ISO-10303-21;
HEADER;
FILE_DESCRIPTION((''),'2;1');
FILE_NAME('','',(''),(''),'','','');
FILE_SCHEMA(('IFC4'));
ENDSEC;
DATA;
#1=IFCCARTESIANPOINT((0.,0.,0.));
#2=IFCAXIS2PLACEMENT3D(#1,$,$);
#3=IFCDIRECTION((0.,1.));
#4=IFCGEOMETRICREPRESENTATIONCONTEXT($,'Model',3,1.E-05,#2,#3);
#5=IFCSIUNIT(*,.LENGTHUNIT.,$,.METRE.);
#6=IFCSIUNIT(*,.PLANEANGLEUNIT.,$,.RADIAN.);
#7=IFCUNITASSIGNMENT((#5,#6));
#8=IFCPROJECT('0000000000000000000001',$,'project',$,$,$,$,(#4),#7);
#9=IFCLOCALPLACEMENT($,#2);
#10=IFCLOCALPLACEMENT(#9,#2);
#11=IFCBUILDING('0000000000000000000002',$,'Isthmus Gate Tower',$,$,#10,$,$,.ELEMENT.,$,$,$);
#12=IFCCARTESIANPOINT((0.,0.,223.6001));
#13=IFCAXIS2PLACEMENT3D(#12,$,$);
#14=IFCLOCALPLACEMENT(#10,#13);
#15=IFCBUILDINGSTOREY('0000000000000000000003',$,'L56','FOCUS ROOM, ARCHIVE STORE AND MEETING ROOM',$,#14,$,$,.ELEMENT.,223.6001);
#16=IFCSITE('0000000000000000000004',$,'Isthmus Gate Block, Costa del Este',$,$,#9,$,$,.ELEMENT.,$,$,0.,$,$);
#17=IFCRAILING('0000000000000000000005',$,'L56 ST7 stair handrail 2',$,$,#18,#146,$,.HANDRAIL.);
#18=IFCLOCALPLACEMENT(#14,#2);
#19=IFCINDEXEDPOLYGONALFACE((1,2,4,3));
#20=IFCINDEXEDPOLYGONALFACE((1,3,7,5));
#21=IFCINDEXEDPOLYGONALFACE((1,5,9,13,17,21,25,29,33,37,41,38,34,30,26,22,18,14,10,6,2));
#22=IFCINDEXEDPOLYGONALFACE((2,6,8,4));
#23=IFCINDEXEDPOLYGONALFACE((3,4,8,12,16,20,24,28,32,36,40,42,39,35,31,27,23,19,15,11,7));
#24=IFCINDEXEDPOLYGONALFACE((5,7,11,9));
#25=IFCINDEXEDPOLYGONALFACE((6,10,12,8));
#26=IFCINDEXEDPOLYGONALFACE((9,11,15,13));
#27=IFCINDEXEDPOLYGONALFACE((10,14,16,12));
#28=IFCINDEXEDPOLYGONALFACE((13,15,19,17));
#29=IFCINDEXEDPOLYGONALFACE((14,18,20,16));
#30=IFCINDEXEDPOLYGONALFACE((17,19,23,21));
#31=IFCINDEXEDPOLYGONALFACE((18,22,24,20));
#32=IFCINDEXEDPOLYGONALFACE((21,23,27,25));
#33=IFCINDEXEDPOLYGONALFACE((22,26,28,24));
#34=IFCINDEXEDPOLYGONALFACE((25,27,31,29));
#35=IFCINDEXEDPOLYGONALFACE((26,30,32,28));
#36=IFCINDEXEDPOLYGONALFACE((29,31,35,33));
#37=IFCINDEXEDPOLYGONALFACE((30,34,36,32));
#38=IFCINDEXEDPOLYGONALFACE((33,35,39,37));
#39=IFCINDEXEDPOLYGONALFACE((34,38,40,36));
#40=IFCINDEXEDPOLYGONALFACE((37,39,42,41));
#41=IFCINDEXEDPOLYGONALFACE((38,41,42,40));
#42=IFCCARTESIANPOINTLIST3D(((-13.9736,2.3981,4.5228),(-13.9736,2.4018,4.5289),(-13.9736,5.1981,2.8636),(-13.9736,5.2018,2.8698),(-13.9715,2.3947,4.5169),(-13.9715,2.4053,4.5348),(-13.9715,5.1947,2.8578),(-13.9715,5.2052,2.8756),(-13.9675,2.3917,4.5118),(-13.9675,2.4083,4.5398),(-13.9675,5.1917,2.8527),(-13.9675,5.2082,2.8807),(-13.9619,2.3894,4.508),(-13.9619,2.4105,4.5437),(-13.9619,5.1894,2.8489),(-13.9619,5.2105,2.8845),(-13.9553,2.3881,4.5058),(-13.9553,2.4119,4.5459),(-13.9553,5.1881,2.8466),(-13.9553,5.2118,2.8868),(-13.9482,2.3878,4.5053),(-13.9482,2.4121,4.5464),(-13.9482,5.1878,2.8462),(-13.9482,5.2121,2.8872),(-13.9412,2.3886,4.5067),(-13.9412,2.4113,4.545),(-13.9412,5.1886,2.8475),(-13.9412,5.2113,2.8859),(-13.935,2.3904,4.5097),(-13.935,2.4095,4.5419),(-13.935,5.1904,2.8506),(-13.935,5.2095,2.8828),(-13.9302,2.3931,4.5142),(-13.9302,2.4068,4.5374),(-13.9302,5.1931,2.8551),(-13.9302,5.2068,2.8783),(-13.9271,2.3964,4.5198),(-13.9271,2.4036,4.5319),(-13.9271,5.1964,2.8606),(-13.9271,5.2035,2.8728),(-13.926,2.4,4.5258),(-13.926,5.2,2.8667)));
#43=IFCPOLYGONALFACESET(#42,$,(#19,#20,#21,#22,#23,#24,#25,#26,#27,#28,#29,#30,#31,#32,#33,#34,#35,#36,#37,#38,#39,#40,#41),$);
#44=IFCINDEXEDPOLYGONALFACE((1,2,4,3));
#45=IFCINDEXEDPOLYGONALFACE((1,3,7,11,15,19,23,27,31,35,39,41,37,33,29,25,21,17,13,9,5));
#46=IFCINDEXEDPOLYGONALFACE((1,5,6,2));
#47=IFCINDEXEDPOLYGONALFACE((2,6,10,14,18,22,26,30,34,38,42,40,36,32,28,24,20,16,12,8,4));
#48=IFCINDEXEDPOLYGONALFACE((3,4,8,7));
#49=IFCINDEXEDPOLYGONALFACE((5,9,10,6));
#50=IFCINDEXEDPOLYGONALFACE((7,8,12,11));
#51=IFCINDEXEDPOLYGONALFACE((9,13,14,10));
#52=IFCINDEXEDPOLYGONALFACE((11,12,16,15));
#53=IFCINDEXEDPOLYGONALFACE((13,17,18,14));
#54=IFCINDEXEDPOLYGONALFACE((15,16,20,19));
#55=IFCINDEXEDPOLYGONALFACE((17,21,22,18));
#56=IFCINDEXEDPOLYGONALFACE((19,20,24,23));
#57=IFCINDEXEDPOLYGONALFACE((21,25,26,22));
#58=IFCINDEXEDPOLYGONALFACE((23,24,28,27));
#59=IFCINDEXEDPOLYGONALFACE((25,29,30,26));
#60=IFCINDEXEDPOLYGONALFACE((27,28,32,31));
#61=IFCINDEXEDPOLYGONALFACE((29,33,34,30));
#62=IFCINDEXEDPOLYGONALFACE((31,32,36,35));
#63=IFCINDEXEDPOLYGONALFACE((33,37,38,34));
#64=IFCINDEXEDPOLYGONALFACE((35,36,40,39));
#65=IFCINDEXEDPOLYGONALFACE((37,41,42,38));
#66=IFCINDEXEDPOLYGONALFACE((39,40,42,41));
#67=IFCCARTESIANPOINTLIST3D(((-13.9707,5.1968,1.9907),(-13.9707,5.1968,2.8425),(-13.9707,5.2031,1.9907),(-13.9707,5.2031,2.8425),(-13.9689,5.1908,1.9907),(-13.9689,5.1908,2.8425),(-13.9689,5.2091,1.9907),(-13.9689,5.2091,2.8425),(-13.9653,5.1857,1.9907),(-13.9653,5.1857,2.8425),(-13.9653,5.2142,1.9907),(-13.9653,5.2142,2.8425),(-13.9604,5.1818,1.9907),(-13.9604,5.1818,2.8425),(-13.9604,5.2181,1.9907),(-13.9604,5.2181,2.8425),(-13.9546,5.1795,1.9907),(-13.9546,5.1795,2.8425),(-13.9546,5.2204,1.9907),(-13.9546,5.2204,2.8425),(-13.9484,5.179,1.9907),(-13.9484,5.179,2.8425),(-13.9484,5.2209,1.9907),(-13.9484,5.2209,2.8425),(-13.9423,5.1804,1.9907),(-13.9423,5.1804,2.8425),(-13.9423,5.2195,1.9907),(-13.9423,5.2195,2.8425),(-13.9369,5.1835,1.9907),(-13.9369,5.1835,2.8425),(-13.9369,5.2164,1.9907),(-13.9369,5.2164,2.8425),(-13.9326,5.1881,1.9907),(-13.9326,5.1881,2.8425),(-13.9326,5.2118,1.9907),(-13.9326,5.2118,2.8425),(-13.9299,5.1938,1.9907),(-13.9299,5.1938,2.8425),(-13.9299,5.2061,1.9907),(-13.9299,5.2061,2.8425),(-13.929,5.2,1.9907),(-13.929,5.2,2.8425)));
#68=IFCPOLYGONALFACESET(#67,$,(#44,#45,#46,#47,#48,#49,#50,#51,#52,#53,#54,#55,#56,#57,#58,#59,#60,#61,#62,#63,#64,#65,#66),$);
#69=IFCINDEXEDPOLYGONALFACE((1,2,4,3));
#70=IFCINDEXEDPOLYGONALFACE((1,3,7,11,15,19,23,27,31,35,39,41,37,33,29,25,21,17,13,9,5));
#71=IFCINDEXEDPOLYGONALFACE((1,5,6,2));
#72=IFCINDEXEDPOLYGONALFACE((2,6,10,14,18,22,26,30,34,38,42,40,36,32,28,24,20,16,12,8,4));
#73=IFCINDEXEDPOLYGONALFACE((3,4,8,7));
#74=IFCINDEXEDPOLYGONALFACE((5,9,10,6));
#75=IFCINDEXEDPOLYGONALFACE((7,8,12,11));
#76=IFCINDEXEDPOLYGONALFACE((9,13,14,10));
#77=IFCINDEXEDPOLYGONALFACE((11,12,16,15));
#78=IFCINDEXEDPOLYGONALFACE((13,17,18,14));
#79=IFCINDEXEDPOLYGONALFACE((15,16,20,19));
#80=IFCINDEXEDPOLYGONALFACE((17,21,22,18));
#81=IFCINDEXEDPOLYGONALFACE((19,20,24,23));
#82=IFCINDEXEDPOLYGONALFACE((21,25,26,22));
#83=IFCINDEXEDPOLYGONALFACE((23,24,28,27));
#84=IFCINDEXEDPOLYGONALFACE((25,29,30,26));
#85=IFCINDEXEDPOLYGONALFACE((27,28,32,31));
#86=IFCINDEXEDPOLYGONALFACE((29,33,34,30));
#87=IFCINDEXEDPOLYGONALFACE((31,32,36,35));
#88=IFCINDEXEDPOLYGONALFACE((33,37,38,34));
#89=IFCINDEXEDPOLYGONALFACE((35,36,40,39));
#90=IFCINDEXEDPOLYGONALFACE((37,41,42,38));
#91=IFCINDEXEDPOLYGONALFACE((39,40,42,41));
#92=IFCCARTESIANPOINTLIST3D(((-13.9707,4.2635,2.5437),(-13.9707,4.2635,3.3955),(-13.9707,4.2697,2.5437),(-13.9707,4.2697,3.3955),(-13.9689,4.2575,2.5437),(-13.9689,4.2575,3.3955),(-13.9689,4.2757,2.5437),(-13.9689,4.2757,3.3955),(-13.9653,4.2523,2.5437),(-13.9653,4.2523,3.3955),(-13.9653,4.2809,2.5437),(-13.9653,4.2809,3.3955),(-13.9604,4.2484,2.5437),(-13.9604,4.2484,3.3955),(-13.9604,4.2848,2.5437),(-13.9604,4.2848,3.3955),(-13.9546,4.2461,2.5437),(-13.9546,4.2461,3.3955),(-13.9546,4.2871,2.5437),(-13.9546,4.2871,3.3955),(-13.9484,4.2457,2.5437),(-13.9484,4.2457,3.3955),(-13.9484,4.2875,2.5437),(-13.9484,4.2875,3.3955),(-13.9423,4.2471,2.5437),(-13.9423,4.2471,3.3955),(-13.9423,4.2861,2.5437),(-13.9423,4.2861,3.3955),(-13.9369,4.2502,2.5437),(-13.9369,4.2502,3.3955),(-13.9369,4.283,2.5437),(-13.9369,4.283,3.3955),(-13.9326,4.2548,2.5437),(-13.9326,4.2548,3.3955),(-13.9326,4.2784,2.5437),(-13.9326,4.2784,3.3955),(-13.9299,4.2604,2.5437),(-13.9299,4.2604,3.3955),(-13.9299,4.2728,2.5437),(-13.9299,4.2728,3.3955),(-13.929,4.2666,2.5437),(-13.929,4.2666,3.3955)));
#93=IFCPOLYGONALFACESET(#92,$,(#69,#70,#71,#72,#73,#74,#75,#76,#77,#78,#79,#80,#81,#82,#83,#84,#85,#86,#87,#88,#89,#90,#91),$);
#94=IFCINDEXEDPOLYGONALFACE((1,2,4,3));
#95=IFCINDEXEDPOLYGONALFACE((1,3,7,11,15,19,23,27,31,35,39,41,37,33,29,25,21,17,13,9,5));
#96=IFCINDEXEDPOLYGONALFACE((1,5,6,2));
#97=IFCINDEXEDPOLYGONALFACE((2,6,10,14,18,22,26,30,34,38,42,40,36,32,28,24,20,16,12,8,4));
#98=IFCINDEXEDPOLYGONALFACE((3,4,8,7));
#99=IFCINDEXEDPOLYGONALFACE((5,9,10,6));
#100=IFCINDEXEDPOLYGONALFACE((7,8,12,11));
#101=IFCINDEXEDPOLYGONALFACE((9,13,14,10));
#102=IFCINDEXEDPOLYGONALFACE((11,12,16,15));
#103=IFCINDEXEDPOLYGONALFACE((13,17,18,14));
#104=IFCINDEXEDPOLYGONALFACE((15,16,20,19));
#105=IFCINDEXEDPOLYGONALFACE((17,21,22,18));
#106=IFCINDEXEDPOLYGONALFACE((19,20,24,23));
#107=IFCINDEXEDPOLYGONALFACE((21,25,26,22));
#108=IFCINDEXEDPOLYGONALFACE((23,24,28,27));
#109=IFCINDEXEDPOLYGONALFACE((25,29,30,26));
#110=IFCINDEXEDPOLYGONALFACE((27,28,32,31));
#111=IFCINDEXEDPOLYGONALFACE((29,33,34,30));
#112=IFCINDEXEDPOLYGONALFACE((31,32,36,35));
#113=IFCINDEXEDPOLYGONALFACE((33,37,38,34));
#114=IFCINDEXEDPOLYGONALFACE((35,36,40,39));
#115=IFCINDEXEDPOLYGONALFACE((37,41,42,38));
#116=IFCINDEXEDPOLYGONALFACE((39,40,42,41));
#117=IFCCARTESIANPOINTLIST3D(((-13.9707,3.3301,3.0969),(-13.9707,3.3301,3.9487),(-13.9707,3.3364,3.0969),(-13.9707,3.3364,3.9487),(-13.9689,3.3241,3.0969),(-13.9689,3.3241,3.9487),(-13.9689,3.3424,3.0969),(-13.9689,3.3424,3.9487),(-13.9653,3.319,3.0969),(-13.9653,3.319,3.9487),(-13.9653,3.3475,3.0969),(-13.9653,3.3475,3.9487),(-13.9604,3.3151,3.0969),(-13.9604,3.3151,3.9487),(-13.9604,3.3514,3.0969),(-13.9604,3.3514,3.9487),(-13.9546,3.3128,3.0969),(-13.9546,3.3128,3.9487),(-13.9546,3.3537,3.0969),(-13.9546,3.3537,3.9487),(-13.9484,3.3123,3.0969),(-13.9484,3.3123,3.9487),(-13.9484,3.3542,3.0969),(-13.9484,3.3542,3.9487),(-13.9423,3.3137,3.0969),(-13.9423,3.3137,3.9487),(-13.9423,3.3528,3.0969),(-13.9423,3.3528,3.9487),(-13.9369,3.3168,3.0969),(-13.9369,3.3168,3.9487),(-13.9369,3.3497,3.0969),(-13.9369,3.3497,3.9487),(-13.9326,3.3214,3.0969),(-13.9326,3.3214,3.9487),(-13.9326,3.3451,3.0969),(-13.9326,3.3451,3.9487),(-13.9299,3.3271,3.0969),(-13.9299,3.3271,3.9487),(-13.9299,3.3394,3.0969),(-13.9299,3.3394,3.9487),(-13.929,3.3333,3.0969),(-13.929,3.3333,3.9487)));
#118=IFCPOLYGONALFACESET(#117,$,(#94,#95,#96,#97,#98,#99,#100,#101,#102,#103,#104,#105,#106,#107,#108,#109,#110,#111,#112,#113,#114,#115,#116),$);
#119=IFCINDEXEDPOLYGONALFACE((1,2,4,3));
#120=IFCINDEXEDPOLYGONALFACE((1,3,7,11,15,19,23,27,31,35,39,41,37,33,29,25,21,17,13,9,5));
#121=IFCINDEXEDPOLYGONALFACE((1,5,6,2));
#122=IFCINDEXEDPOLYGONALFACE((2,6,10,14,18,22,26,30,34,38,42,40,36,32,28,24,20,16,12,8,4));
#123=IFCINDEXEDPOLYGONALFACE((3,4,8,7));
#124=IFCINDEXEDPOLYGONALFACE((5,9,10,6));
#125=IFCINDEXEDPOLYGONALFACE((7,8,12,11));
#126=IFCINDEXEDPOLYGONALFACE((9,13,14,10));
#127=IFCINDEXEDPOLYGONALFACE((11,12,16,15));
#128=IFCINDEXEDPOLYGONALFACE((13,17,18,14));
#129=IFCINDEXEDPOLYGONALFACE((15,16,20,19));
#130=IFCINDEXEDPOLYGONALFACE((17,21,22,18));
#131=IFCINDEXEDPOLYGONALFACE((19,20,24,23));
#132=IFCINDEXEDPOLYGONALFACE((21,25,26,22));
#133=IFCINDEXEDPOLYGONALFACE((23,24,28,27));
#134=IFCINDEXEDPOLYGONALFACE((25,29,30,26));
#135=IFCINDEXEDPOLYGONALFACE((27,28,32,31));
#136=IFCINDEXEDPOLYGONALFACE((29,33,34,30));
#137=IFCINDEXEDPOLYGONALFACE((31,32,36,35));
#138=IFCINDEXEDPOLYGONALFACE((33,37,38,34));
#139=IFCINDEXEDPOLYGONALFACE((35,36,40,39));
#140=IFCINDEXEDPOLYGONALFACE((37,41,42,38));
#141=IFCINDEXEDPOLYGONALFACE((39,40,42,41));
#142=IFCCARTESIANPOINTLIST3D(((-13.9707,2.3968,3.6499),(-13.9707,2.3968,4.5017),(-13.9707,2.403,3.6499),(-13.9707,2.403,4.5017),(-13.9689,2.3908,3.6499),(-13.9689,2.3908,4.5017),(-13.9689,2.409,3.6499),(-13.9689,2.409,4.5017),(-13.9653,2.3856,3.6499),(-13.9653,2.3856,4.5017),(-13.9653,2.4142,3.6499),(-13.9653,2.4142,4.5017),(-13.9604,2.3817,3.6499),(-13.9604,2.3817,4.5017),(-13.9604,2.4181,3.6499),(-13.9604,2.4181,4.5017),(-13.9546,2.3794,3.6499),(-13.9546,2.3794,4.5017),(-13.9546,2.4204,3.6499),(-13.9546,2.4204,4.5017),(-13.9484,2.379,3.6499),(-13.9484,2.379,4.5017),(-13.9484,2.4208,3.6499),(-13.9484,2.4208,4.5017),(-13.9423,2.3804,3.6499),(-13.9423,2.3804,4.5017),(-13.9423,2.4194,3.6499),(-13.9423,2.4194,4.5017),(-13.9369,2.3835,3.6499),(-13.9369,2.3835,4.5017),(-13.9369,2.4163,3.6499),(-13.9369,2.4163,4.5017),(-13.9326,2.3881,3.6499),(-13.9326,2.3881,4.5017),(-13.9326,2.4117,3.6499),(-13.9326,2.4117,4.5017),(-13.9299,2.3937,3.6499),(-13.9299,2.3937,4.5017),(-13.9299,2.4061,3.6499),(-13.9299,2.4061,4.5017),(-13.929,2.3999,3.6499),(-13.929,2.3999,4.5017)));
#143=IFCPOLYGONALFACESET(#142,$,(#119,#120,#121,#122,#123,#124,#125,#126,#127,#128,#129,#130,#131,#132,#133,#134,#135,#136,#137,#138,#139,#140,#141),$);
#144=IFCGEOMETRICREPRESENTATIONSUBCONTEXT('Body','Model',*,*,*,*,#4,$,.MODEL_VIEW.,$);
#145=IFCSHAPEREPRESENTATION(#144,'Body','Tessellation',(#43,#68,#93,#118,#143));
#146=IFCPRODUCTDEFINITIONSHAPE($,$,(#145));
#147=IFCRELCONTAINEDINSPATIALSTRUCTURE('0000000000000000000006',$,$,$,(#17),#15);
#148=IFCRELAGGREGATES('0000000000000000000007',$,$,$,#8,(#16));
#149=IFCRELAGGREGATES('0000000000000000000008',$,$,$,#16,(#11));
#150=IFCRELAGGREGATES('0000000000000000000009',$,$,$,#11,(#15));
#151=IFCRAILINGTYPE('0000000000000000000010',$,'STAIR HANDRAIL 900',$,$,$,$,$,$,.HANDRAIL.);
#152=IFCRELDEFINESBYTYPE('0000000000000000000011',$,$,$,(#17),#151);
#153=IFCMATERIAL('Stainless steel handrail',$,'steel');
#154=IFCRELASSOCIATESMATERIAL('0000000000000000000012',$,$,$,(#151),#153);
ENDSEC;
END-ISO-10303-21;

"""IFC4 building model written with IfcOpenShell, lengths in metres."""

from ifc_helpers import new_model, si_unit, direction, frame, origin, origin_2d, place, context, subcontext, project, spatial, circle, extrude, material, type_object, element, save


model = new_model("IFC4")

# Units and contexts
model_context = context("Model", 3, precision=1e-05, world=origin(), true_north=direction((0.0, 1.0)))
body_context = subcontext(model_context, "Body", "Model", "MODEL_VIEW")
ifc_project = project(units=[si_unit("LENGTHUNIT", "METRE"), si_unit("PLANEANGLEUNIT", "RADIAN")], contexts=[model_context])

# Site, building, storey
site_placement = place(None, origin())
site = spatial("IfcSite", under=ifc_project, at=site_placement, Name="Isthmus Gate Block, Costa del Este", CompositionType="ELEMENT", RefElevation=0.0)
building_placement = place(site_placement, origin())
building = spatial("IfcBuilding", under=site, at=building_placement, Name="Isthmus Gate Tower", CompositionType="ELEMENT")
storey_placement = place(building_placement, frame((0.0, 0.0, 223.6001)))
storey = spatial("IfcBuildingStorey", under=building, at=storey_placement, Name="L56", Description="FOCUS ROOM, ARCHIVE STORE AND MEETING ROOM", CompositionType="ELEMENT", Elevation=223.6001)

# Railing
ifc_material_1 = material(Name="Stainless steel handrail", Category="steel")
railing_type = type_object("IfcRailingType", Name="STAIR HANDRAIL 900", PredefinedType="HANDRAIL", material=ifc_material_1)
for number, where, name in (
    (1, (-13.95, 5.2, 1.9907), "L56 ST7 stair handrail 2"),
):
    element("IfcRailing", number, at=place(storey_placement, frame(where)), inside=storey, type_object=railing_type, Name=name, PredefinedType="HANDRAIL", context=body_context, shape_type="SweptSolid", body=[
        extrude(circle(Radius=0.0239, at=origin_2d()), frame((0.0, 0.0, 0.876), z_axis=(0.0, -0.860306, 0.509778), x_axis=(1.0, 0.0, 0.0)), (0.0, 0.0, 1.0), 3.2546),
        extrude(circle(Radius=0.021, at=origin_2d()), origin(), (0.0, 0.0, 1.0), 0.8518),
        extrude(circle(Radius=0.021, at=origin_2d()), frame((0.0, -0.9333, 0.553)), (0.0, 0.0, 1.0), 0.8518),
        extrude(circle(Radius=0.021, at=origin_2d()), frame((0.0, -1.8667, 1.1062)), (0.0, 0.0, 1.0), 0.8518),
        extrude(circle(Radius=0.021, at=origin_2d()), frame((0.0, -2.8, 1.6592)), (0.0, 0.0, 1.0), 0.8518),
    ])

save(model, "model.ifc")
